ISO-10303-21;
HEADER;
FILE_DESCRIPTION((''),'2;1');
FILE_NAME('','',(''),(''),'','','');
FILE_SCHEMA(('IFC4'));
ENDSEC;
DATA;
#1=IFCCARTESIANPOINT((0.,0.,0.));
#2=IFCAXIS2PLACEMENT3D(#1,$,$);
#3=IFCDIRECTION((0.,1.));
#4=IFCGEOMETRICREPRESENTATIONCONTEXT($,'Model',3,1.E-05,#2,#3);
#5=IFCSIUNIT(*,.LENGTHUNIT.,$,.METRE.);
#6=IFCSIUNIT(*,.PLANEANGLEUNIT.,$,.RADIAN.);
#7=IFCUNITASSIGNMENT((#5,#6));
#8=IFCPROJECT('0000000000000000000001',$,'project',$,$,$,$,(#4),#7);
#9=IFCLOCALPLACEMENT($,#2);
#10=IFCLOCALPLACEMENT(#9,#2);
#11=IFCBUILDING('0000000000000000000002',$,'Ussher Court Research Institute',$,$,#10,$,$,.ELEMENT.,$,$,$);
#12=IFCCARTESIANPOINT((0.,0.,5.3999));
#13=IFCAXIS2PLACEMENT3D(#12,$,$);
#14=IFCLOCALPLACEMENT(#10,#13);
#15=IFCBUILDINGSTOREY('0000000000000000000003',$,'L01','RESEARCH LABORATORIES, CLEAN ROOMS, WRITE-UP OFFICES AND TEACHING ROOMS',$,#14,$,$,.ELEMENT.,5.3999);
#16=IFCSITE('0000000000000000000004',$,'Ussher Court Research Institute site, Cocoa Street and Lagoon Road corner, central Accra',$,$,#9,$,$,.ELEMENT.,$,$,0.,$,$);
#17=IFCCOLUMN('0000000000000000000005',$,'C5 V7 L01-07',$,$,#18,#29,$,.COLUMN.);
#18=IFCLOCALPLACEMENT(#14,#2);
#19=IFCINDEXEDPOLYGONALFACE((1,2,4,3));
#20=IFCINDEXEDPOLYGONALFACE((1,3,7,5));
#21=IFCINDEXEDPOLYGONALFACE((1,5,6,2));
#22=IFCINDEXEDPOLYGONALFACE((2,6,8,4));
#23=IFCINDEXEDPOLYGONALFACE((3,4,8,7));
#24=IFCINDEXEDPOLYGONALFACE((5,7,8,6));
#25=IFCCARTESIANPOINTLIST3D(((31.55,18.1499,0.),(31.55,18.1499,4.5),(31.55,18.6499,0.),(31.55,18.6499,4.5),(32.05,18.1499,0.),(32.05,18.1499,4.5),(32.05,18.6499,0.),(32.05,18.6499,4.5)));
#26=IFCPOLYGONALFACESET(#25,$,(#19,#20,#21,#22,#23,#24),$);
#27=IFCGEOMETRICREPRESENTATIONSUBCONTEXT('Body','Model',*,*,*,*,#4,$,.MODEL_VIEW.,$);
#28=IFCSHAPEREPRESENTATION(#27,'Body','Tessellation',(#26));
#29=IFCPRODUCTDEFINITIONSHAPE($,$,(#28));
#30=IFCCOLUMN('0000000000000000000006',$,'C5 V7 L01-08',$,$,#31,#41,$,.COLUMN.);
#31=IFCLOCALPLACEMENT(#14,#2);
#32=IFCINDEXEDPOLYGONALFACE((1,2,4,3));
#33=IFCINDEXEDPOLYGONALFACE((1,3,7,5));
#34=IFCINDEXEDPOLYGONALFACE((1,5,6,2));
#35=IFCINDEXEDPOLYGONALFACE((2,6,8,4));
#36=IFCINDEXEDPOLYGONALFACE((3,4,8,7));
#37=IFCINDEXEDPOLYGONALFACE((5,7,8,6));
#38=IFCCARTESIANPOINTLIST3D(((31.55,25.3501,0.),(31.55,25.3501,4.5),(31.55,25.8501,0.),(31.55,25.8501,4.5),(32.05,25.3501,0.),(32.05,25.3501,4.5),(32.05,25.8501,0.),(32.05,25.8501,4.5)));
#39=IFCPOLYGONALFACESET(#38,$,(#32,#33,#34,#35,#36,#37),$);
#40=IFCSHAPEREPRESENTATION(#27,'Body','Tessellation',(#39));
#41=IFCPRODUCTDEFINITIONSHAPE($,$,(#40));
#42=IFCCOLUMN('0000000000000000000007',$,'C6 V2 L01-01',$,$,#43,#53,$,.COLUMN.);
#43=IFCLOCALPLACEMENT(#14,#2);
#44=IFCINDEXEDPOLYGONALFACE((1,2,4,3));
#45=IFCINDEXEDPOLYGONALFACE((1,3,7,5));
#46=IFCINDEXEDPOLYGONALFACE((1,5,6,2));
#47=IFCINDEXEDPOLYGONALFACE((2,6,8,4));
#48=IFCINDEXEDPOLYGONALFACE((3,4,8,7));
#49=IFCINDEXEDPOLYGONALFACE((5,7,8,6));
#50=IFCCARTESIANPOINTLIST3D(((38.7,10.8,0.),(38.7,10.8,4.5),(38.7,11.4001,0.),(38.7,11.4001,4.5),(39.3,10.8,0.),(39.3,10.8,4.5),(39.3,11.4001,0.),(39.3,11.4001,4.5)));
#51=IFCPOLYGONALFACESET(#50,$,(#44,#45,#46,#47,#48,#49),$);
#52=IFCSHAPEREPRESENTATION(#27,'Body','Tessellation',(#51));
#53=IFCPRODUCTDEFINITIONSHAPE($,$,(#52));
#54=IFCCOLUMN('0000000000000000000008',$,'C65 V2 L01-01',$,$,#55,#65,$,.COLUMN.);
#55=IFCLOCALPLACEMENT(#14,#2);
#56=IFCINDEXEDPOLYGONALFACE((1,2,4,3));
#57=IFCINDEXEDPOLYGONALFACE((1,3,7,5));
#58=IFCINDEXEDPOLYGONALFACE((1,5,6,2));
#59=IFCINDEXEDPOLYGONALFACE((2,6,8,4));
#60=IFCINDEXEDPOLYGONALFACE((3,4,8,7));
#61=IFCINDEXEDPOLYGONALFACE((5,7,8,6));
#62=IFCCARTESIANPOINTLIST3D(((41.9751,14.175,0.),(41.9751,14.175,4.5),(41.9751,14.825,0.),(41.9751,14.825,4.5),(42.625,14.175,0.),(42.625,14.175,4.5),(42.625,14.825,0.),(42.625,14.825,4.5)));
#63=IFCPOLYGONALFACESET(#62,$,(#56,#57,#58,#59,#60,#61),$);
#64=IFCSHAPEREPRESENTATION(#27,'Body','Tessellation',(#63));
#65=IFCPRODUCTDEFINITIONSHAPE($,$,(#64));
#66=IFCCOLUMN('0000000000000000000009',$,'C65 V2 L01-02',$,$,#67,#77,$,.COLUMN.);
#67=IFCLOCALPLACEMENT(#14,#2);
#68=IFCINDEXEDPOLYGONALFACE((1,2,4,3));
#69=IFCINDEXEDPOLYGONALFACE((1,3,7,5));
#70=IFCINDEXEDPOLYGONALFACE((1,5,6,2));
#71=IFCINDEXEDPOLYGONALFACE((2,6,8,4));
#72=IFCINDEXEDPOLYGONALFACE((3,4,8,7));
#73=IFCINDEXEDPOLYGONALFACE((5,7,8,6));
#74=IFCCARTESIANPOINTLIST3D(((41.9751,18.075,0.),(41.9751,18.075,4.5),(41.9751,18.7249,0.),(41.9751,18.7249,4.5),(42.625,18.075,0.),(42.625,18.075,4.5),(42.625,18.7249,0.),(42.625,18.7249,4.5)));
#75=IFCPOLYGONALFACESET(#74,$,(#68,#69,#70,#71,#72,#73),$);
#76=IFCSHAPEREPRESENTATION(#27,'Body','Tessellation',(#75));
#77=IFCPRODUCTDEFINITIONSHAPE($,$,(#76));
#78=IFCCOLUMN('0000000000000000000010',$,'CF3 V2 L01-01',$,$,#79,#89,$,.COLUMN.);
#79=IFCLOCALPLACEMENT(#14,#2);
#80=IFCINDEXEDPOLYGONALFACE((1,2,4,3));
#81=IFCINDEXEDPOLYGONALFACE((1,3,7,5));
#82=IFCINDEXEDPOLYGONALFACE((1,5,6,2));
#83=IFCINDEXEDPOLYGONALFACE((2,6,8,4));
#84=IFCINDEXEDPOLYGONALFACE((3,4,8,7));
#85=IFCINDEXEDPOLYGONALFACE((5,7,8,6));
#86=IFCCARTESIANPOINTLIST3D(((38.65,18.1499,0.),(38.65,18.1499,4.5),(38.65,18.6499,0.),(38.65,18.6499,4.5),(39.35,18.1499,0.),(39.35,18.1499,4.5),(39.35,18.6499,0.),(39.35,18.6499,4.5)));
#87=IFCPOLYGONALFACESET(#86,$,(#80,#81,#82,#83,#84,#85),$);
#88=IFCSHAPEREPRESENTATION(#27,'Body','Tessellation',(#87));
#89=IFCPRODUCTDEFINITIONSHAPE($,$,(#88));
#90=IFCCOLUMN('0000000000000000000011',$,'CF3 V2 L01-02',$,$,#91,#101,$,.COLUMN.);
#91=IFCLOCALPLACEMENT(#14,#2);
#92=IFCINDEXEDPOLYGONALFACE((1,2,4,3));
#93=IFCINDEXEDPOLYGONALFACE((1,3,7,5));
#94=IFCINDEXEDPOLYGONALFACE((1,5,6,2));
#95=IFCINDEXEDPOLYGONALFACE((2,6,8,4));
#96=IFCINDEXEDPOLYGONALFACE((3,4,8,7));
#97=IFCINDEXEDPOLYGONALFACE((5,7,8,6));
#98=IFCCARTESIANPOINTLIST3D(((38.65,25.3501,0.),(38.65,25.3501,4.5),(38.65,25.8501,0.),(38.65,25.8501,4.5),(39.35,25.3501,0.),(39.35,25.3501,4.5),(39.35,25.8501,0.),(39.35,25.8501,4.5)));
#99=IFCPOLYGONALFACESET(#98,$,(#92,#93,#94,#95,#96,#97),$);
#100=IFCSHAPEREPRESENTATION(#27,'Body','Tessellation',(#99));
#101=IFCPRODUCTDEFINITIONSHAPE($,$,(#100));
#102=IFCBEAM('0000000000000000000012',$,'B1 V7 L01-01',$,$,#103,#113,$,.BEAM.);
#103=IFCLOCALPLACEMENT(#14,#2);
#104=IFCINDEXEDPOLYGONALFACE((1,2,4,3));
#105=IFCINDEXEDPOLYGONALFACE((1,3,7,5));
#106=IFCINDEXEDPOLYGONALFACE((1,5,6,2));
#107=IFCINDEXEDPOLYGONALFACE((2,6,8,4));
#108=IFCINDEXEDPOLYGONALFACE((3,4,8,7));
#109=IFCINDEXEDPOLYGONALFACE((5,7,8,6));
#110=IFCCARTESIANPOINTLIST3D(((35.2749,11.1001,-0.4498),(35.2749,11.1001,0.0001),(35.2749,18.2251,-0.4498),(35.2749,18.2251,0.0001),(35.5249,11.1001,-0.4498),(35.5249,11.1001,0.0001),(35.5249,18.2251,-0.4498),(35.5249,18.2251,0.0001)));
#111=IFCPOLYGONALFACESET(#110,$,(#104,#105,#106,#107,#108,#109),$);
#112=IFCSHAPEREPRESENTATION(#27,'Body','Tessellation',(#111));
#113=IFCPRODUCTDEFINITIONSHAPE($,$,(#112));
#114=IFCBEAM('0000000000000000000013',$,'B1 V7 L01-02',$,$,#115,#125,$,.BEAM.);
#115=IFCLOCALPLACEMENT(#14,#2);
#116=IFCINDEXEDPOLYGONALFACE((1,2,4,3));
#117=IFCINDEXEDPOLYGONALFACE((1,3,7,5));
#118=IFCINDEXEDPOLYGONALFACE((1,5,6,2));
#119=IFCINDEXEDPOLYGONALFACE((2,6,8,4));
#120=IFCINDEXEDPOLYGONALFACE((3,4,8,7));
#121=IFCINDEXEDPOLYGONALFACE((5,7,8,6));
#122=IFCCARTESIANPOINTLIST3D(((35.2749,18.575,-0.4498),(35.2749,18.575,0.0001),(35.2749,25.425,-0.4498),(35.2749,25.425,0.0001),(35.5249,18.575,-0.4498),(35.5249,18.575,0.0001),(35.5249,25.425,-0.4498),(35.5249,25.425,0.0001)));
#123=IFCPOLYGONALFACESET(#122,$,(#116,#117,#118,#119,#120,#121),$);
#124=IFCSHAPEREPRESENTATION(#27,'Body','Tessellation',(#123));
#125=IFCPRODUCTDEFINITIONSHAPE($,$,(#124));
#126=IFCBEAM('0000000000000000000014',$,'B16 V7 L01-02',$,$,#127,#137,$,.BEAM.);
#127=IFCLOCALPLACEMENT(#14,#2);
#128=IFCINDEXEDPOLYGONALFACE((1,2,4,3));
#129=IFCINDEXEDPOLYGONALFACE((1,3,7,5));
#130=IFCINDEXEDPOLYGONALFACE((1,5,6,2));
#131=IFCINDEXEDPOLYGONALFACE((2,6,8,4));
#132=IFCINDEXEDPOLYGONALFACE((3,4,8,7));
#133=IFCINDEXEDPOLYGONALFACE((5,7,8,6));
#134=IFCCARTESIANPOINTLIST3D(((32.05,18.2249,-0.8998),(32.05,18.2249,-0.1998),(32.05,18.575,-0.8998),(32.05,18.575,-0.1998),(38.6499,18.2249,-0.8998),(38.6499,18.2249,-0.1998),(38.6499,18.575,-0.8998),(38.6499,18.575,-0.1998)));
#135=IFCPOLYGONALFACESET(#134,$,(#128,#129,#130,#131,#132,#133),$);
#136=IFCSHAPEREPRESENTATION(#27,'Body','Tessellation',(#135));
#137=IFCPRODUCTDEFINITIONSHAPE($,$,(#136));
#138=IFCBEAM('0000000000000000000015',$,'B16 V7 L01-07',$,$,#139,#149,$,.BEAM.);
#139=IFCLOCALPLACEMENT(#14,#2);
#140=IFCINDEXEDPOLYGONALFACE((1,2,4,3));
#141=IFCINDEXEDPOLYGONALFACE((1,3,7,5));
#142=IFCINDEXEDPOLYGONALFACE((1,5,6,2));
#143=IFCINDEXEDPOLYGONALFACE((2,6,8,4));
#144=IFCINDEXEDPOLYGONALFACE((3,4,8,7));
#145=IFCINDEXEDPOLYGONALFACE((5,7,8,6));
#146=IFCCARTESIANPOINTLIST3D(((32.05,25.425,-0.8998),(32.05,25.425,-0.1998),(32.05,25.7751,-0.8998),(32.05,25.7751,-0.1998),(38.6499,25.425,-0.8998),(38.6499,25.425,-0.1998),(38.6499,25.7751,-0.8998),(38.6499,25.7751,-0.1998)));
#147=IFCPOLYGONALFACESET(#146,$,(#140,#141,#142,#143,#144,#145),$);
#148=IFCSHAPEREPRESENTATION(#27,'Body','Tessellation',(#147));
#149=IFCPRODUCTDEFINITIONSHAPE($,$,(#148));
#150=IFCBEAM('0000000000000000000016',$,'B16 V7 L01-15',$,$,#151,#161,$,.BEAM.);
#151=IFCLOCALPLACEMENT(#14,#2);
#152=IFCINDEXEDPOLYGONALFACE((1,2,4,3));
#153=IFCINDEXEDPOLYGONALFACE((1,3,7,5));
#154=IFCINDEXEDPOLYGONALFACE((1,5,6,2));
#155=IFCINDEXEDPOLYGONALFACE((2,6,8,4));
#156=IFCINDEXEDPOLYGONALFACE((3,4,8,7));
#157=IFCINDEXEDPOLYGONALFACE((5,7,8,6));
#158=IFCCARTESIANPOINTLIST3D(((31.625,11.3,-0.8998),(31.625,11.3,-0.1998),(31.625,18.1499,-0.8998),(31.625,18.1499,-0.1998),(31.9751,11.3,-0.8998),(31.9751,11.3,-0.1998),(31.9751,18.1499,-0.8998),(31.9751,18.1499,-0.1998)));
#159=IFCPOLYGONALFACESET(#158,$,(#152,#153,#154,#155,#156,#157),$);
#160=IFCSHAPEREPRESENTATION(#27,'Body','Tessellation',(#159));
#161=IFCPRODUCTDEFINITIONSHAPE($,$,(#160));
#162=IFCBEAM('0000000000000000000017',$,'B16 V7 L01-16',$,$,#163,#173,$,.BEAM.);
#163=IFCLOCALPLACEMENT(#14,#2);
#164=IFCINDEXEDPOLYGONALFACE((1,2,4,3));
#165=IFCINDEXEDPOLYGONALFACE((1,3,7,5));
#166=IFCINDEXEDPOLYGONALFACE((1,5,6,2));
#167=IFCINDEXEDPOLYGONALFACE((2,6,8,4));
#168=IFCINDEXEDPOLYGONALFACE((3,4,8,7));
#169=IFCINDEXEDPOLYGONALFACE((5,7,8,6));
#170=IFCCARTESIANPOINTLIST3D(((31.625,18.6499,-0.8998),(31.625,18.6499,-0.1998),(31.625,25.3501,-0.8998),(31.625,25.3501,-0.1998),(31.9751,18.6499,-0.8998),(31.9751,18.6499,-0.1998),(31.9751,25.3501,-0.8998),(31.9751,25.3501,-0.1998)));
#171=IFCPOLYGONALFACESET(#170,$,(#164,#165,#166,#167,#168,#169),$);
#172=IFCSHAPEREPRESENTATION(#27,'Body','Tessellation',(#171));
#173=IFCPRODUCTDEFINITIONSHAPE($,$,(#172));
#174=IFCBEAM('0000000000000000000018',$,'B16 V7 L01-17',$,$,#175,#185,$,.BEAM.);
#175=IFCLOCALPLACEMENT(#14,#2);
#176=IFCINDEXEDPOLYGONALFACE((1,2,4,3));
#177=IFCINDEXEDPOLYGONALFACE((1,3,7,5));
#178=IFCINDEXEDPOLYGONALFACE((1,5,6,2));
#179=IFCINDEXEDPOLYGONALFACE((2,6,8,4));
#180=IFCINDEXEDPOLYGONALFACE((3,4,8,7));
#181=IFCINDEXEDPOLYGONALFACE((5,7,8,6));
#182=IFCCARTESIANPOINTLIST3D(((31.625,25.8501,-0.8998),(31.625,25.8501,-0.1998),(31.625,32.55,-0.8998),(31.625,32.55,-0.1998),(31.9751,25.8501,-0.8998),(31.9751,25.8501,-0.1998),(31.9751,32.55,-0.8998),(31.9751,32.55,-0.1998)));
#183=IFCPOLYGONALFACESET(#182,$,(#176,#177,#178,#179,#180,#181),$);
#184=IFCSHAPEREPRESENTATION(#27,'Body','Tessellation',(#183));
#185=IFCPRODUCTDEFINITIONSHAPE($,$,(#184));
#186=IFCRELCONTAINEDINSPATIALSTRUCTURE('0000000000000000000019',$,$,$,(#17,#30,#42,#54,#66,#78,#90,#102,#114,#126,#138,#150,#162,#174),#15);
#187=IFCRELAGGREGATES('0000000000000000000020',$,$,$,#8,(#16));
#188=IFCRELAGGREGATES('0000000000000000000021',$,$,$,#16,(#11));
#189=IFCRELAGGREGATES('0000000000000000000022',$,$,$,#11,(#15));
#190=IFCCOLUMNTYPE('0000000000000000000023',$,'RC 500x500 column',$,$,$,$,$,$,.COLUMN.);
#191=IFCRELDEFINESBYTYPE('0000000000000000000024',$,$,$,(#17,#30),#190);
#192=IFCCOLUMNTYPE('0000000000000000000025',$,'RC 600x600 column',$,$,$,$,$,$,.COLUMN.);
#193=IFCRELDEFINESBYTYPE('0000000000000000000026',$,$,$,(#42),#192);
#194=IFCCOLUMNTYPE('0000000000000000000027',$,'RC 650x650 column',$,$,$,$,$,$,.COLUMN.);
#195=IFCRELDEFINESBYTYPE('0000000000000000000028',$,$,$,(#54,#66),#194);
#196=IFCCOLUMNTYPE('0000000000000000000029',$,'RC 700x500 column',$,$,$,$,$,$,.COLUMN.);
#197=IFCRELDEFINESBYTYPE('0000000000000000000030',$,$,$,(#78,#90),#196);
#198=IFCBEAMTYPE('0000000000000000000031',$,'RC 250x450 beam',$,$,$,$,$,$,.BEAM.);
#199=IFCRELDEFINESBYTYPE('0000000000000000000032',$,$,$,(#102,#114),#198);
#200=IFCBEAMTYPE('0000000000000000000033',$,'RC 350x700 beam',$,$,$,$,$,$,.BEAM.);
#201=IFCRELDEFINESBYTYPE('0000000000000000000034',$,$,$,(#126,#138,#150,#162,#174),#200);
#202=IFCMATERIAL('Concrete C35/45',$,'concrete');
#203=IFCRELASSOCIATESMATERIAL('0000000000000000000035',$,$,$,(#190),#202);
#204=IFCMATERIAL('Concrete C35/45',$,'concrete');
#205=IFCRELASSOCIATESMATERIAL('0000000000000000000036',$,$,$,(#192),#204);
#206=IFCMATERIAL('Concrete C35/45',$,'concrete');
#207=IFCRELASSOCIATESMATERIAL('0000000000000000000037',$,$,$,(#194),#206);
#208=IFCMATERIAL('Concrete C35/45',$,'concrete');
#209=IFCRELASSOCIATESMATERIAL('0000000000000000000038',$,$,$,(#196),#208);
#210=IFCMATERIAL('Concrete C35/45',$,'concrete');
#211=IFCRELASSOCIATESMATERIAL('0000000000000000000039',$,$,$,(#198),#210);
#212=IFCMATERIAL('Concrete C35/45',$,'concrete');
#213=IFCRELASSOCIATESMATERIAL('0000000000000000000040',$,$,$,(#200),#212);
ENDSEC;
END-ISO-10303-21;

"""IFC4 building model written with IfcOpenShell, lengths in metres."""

from ifc_helpers import new_model, si_unit, direction, frame, origin, origin_2d, place, context, subcontext, project, spatial, rectangle, extrude, material, material_profile, profile_set, type_object, element, save


model = new_model("IFC4")

# Units and contexts
model_context = context("Model", 3, precision=1e-05, world=origin(), true_north=direction((0.0, 1.0)))
body_context = subcontext(model_context, "Body", "Model", "MODEL_VIEW")
ifc_project = project(units=[si_unit("LENGTHUNIT", "METRE"), si_unit("PLANEANGLEUNIT", "RADIAN")], contexts=[model_context])

# Site, building, storey
site_placement = place(None, origin())
site = spatial("IfcSite", under=ifc_project, at=site_placement, Name="Ussher Court Research Institute site, Cocoa Street and Lagoon Road corner, central Accra", CompositionType="ELEMENT", RefElevation=0.0)
building_placement = place(site_placement, origin())
building = spatial("IfcBuilding", under=site, at=building_placement, Name="Ussher Court Research Institute", CompositionType="ELEMENT")
storey_placement = place(building_placement, frame((0.0, 0.0, 5.3999)))
storey = spatial("IfcBuildingStorey", under=building, at=storey_placement, Name="L01", Description="RESEARCH LABORATORIES, CLEAN ROOMS, WRITE-UP OFFICES AND TEACHING ROOMS", CompositionType="ELEMENT", Elevation=5.3999)

# Columns
ifc_material_1 = material(Name="Concrete C35/45", Category="concrete")
ifc_material_profile_1 = material_profile(ifc_material_1, rectangle(XDim=0.5, YDim=0.5, at=origin_2d()), Name="RC 500x500")
ifc_profile_set_1 = profile_set([ifc_material_profile_1], Name="Concrete C35/45")
column_type_1 = type_object("IfcColumnType", Name="RC 500x500 column", PredefinedType="COLUMN", material=ifc_profile_set_1)
for number, where, z_axis, x_axis, name in (
    (1, (31.8, 18.3999, 0.0), (0.0, 0.0, 1.0), (1.0, 0.0, 0.0), "C5 V7 L01-07"),
    (2, (31.8, 25.6001, 0.0), (0.0, 0.0, 1.0), (1.0, 0.0, 0.0), "C5 V7 L01-08"),
):
    element("IfcColumn", number, at=place(storey_placement, frame(where, z_axis=z_axis, x_axis=x_axis)), inside=storey, type_object=column_type_1, Name=name, PredefinedType="COLUMN", context=body_context, shape_type="SweptSolid", body=[
        extrude(rectangle(XDim=0.5, YDim=0.5, at=origin_2d()), origin(), (0.0, 0.0, 1.0), 4.5),
    ])
ifc_material_2 = material(Name="Concrete C35/45", Category="concrete")
ifc_material_profile_2 = material_profile(ifc_material_2, rectangle(XDim=0.6001, YDim=0.6001, at=origin_2d()), Name="RC 600x600")
ifc_profile_set_2 = profile_set([ifc_material_profile_2], Name="Concrete C35/45")
column_type_2 = type_object("IfcColumnType", Name="RC 600x600 column", PredefinedType="COLUMN", material=ifc_profile_set_2)
column_placement = place(storey_placement, frame((39.0, 11.1001, 0.0), z_axis=(0.0, 0.0, 1.0), x_axis=(1.0, 0.0, 0.0)))
element("IfcColumn", 3, at=column_placement, inside=storey, type_object=column_type_2, Name="C6 V2 L01-01", PredefinedType="COLUMN", context=body_context, shape_type="SweptSolid", body=[
    extrude(rectangle(XDim=0.6001, YDim=0.6001, at=origin_2d()), origin(), (0.0, 0.0, 1.0), 4.5),
])
ifc_material_3 = material(Name="Concrete C35/45", Category="concrete")
ifc_material_profile_3 = material_profile(ifc_material_3, rectangle(XDim=0.6499, YDim=0.6499, at=origin_2d()), Name="RC 650x650")
ifc_profile_set_3 = profile_set([ifc_material_profile_3], Name="Concrete C35/45")
column_type_3 = type_object("IfcColumnType", Name="RC 650x650 column", PredefinedType="COLUMN", material=ifc_profile_set_3)
for number, where, z_axis, x_axis, name in (
    (4, (42.3, 14.5, 0.0), (0.0, 0.0, 1.0), (1.0, 0.0, 0.0), "C65 V2 L01-01"),
    (5, (42.3, 18.3999, 0.0), (0.0, 0.0, 1.0), (1.0, 0.0, 0.0), "C65 V2 L01-02"),
):
    element("IfcColumn", number, at=place(storey_placement, frame(where, z_axis=z_axis, x_axis=x_axis)), inside=storey, type_object=column_type_3, Name=name, PredefinedType="COLUMN", context=body_context, shape_type="SweptSolid", body=[
        extrude(rectangle(XDim=0.6499, YDim=0.6499, at=origin_2d()), origin(), (0.0, 0.0, 1.0), 4.5),
    ])
ifc_material_4 = material(Name="Concrete C35/45", Category="concrete")
ifc_material_profile_4 = material_profile(ifc_material_4, rectangle(XDim=0.7, YDim=0.5, at=origin_2d()), Name="RC 700x500")
ifc_profile_set_4 = profile_set([ifc_material_profile_4], Name="Concrete C35/45")
column_type_4 = type_object("IfcColumnType", Name="RC 700x500 column", PredefinedType="COLUMN", material=ifc_profile_set_4)
for number, where, z_axis, x_axis, name in (
    (6, (39.0, 18.3999, 0.0), (0.0, 0.0, 1.0), (1.0, 0.0, 0.0), "CF3 V2 L01-01"),
    (7, (39.0, 25.6001, 0.0), (0.0, 0.0, 1.0), (1.0, 0.0, 0.0), "CF3 V2 L01-02"),
):
    element("IfcColumn", number, at=place(storey_placement, frame(where, z_axis=z_axis, x_axis=x_axis)), inside=storey, type_object=column_type_4, Name=name, PredefinedType="COLUMN", context=body_context, shape_type="SweptSolid", body=[
        extrude(rectangle(XDim=0.7, YDim=0.5, at=origin_2d()), origin(), (0.0, 0.0, 1.0), 4.5),
    ])

# Beams
ifc_material_5 = material(Name="Concrete C35/45", Category="concrete")
ifc_material_profile_5 = material_profile(ifc_material_5, rectangle(XDim=0.25, YDim=0.45, at=origin_2d()), Name="RC 250x450")
ifc_profile_set_5 = profile_set([ifc_material_profile_5], Name="Concrete C35/45")
beam_type_1 = type_object("IfcBeamType", Name="RC 250x450 beam", PredefinedType="BEAM", material=ifc_profile_set_5)
beam_1_placement = place(storey_placement, frame((35.3999, 11.1001, -0.2249), z_axis=(0.0, 1.0, 0.0), x_axis=(-1.0, 0.0, 0.0)))
element("IfcBeam", 8, at=beam_1_placement, inside=storey, type_object=beam_type_1, Name="B1 V7 L01-01", PredefinedType="BEAM", context=body_context, shape_type="SweptSolid", body=[
    extrude(rectangle(XDim=0.25, YDim=0.45, at=origin_2d()), origin(), (0.0, 0.0, 1.0), 7.125),
])
beam_2_placement = place(storey_placement, frame((35.3999, 18.575, -0.2249), z_axis=(0.0, 1.0, 0.0), x_axis=(-1.0, 0.0, 0.0)))
element("IfcBeam", 9, at=beam_2_placement, inside=storey, type_object=beam_type_1, Name="B1 V7 L01-02", PredefinedType="BEAM", context=body_context, shape_type="SweptSolid", body=[
    extrude(rectangle(XDim=0.25, YDim=0.45, at=origin_2d()), origin(), (0.0, 0.0, 1.0), 6.8501),
])
ifc_material_6 = material(Name="Concrete C35/45", Category="concrete")
ifc_material_profile_6 = material_profile(ifc_material_6, rectangle(XDim=0.3501, YDim=0.7, at=origin_2d()), Name="RC 350x700")
ifc_profile_set_6 = profile_set([ifc_material_profile_6], Name="Concrete C35/45")
beam_type_2 = type_object("IfcBeamType", Name="RC 350x700 beam", PredefinedType="BEAM", material=ifc_profile_set_6)
for number, where, z_axis, x_axis, name in (
    (10, (32.05, 18.3999, -0.5498), (1.0, 0.0, 0.0), (0.0, 1.0, 0.0), "B16 V7 L01-02"),
    (11, (32.05, 25.6001, -0.5498), (1.0, 0.0, 0.0), (0.0, 1.0, 0.0), "B16 V7 L01-07"),
):
    element("IfcBeam", number, at=place(storey_placement, frame(where, z_axis=z_axis, x_axis=x_axis)), inside=storey, type_object=beam_type_2, Name=name, PredefinedType="BEAM", context=body_context, shape_type="SweptSolid", body=[
        extrude(rectangle(XDim=0.3501, YDim=0.7, at=origin_2d()), origin(), (0.0, 0.0, 1.0), 6.5999),
    ])
beam_3_placement = place(storey_placement, frame((31.8, 11.3, -0.5498), z_axis=(0.0, 1.0, 0.0), x_axis=(-1.0, 0.0, 0.0)))
element("IfcBeam", 12, at=beam_3_placement, inside=storey, type_object=beam_type_2, Name="B16 V7 L01-15", PredefinedType="BEAM", context=body_context, shape_type="SweptSolid", body=[
    extrude(rectangle(XDim=0.3501, YDim=0.7, at=origin_2d()), origin(), (0.0, 0.0, 1.0), 6.8499),
])
beam_4_placement = place(storey_placement, frame((31.8, 18.6499, -0.5498), z_axis=(0.0, 1.0, 0.0), x_axis=(-1.0, 0.0, 0.0)))
element("IfcBeam", 13, at=beam_4_placement, inside=storey, type_object=beam_type_2, Name="B16 V7 L01-16", PredefinedType="BEAM", context=body_context, shape_type="SweptSolid", body=[
    extrude(rectangle(XDim=0.3501, YDim=0.7, at=origin_2d()), origin(), (0.0, 0.0, 1.0), 6.7002),
])
beam_5_placement = place(storey_placement, frame((31.8, 25.8501, -0.5498), z_axis=(0.0, 1.0, 0.0), x_axis=(-1.0, 0.0, 0.0)))
element("IfcBeam", 14, at=beam_5_placement, inside=storey, type_object=beam_type_2, Name="B16 V7 L01-17", PredefinedType="BEAM", context=body_context, shape_type="SweptSolid", body=[
    extrude(rectangle(XDim=0.3501, YDim=0.7, at=origin_2d()), origin(), (0.0, 0.0, 1.0), 6.7),
])

save(model, "model.ifc")
